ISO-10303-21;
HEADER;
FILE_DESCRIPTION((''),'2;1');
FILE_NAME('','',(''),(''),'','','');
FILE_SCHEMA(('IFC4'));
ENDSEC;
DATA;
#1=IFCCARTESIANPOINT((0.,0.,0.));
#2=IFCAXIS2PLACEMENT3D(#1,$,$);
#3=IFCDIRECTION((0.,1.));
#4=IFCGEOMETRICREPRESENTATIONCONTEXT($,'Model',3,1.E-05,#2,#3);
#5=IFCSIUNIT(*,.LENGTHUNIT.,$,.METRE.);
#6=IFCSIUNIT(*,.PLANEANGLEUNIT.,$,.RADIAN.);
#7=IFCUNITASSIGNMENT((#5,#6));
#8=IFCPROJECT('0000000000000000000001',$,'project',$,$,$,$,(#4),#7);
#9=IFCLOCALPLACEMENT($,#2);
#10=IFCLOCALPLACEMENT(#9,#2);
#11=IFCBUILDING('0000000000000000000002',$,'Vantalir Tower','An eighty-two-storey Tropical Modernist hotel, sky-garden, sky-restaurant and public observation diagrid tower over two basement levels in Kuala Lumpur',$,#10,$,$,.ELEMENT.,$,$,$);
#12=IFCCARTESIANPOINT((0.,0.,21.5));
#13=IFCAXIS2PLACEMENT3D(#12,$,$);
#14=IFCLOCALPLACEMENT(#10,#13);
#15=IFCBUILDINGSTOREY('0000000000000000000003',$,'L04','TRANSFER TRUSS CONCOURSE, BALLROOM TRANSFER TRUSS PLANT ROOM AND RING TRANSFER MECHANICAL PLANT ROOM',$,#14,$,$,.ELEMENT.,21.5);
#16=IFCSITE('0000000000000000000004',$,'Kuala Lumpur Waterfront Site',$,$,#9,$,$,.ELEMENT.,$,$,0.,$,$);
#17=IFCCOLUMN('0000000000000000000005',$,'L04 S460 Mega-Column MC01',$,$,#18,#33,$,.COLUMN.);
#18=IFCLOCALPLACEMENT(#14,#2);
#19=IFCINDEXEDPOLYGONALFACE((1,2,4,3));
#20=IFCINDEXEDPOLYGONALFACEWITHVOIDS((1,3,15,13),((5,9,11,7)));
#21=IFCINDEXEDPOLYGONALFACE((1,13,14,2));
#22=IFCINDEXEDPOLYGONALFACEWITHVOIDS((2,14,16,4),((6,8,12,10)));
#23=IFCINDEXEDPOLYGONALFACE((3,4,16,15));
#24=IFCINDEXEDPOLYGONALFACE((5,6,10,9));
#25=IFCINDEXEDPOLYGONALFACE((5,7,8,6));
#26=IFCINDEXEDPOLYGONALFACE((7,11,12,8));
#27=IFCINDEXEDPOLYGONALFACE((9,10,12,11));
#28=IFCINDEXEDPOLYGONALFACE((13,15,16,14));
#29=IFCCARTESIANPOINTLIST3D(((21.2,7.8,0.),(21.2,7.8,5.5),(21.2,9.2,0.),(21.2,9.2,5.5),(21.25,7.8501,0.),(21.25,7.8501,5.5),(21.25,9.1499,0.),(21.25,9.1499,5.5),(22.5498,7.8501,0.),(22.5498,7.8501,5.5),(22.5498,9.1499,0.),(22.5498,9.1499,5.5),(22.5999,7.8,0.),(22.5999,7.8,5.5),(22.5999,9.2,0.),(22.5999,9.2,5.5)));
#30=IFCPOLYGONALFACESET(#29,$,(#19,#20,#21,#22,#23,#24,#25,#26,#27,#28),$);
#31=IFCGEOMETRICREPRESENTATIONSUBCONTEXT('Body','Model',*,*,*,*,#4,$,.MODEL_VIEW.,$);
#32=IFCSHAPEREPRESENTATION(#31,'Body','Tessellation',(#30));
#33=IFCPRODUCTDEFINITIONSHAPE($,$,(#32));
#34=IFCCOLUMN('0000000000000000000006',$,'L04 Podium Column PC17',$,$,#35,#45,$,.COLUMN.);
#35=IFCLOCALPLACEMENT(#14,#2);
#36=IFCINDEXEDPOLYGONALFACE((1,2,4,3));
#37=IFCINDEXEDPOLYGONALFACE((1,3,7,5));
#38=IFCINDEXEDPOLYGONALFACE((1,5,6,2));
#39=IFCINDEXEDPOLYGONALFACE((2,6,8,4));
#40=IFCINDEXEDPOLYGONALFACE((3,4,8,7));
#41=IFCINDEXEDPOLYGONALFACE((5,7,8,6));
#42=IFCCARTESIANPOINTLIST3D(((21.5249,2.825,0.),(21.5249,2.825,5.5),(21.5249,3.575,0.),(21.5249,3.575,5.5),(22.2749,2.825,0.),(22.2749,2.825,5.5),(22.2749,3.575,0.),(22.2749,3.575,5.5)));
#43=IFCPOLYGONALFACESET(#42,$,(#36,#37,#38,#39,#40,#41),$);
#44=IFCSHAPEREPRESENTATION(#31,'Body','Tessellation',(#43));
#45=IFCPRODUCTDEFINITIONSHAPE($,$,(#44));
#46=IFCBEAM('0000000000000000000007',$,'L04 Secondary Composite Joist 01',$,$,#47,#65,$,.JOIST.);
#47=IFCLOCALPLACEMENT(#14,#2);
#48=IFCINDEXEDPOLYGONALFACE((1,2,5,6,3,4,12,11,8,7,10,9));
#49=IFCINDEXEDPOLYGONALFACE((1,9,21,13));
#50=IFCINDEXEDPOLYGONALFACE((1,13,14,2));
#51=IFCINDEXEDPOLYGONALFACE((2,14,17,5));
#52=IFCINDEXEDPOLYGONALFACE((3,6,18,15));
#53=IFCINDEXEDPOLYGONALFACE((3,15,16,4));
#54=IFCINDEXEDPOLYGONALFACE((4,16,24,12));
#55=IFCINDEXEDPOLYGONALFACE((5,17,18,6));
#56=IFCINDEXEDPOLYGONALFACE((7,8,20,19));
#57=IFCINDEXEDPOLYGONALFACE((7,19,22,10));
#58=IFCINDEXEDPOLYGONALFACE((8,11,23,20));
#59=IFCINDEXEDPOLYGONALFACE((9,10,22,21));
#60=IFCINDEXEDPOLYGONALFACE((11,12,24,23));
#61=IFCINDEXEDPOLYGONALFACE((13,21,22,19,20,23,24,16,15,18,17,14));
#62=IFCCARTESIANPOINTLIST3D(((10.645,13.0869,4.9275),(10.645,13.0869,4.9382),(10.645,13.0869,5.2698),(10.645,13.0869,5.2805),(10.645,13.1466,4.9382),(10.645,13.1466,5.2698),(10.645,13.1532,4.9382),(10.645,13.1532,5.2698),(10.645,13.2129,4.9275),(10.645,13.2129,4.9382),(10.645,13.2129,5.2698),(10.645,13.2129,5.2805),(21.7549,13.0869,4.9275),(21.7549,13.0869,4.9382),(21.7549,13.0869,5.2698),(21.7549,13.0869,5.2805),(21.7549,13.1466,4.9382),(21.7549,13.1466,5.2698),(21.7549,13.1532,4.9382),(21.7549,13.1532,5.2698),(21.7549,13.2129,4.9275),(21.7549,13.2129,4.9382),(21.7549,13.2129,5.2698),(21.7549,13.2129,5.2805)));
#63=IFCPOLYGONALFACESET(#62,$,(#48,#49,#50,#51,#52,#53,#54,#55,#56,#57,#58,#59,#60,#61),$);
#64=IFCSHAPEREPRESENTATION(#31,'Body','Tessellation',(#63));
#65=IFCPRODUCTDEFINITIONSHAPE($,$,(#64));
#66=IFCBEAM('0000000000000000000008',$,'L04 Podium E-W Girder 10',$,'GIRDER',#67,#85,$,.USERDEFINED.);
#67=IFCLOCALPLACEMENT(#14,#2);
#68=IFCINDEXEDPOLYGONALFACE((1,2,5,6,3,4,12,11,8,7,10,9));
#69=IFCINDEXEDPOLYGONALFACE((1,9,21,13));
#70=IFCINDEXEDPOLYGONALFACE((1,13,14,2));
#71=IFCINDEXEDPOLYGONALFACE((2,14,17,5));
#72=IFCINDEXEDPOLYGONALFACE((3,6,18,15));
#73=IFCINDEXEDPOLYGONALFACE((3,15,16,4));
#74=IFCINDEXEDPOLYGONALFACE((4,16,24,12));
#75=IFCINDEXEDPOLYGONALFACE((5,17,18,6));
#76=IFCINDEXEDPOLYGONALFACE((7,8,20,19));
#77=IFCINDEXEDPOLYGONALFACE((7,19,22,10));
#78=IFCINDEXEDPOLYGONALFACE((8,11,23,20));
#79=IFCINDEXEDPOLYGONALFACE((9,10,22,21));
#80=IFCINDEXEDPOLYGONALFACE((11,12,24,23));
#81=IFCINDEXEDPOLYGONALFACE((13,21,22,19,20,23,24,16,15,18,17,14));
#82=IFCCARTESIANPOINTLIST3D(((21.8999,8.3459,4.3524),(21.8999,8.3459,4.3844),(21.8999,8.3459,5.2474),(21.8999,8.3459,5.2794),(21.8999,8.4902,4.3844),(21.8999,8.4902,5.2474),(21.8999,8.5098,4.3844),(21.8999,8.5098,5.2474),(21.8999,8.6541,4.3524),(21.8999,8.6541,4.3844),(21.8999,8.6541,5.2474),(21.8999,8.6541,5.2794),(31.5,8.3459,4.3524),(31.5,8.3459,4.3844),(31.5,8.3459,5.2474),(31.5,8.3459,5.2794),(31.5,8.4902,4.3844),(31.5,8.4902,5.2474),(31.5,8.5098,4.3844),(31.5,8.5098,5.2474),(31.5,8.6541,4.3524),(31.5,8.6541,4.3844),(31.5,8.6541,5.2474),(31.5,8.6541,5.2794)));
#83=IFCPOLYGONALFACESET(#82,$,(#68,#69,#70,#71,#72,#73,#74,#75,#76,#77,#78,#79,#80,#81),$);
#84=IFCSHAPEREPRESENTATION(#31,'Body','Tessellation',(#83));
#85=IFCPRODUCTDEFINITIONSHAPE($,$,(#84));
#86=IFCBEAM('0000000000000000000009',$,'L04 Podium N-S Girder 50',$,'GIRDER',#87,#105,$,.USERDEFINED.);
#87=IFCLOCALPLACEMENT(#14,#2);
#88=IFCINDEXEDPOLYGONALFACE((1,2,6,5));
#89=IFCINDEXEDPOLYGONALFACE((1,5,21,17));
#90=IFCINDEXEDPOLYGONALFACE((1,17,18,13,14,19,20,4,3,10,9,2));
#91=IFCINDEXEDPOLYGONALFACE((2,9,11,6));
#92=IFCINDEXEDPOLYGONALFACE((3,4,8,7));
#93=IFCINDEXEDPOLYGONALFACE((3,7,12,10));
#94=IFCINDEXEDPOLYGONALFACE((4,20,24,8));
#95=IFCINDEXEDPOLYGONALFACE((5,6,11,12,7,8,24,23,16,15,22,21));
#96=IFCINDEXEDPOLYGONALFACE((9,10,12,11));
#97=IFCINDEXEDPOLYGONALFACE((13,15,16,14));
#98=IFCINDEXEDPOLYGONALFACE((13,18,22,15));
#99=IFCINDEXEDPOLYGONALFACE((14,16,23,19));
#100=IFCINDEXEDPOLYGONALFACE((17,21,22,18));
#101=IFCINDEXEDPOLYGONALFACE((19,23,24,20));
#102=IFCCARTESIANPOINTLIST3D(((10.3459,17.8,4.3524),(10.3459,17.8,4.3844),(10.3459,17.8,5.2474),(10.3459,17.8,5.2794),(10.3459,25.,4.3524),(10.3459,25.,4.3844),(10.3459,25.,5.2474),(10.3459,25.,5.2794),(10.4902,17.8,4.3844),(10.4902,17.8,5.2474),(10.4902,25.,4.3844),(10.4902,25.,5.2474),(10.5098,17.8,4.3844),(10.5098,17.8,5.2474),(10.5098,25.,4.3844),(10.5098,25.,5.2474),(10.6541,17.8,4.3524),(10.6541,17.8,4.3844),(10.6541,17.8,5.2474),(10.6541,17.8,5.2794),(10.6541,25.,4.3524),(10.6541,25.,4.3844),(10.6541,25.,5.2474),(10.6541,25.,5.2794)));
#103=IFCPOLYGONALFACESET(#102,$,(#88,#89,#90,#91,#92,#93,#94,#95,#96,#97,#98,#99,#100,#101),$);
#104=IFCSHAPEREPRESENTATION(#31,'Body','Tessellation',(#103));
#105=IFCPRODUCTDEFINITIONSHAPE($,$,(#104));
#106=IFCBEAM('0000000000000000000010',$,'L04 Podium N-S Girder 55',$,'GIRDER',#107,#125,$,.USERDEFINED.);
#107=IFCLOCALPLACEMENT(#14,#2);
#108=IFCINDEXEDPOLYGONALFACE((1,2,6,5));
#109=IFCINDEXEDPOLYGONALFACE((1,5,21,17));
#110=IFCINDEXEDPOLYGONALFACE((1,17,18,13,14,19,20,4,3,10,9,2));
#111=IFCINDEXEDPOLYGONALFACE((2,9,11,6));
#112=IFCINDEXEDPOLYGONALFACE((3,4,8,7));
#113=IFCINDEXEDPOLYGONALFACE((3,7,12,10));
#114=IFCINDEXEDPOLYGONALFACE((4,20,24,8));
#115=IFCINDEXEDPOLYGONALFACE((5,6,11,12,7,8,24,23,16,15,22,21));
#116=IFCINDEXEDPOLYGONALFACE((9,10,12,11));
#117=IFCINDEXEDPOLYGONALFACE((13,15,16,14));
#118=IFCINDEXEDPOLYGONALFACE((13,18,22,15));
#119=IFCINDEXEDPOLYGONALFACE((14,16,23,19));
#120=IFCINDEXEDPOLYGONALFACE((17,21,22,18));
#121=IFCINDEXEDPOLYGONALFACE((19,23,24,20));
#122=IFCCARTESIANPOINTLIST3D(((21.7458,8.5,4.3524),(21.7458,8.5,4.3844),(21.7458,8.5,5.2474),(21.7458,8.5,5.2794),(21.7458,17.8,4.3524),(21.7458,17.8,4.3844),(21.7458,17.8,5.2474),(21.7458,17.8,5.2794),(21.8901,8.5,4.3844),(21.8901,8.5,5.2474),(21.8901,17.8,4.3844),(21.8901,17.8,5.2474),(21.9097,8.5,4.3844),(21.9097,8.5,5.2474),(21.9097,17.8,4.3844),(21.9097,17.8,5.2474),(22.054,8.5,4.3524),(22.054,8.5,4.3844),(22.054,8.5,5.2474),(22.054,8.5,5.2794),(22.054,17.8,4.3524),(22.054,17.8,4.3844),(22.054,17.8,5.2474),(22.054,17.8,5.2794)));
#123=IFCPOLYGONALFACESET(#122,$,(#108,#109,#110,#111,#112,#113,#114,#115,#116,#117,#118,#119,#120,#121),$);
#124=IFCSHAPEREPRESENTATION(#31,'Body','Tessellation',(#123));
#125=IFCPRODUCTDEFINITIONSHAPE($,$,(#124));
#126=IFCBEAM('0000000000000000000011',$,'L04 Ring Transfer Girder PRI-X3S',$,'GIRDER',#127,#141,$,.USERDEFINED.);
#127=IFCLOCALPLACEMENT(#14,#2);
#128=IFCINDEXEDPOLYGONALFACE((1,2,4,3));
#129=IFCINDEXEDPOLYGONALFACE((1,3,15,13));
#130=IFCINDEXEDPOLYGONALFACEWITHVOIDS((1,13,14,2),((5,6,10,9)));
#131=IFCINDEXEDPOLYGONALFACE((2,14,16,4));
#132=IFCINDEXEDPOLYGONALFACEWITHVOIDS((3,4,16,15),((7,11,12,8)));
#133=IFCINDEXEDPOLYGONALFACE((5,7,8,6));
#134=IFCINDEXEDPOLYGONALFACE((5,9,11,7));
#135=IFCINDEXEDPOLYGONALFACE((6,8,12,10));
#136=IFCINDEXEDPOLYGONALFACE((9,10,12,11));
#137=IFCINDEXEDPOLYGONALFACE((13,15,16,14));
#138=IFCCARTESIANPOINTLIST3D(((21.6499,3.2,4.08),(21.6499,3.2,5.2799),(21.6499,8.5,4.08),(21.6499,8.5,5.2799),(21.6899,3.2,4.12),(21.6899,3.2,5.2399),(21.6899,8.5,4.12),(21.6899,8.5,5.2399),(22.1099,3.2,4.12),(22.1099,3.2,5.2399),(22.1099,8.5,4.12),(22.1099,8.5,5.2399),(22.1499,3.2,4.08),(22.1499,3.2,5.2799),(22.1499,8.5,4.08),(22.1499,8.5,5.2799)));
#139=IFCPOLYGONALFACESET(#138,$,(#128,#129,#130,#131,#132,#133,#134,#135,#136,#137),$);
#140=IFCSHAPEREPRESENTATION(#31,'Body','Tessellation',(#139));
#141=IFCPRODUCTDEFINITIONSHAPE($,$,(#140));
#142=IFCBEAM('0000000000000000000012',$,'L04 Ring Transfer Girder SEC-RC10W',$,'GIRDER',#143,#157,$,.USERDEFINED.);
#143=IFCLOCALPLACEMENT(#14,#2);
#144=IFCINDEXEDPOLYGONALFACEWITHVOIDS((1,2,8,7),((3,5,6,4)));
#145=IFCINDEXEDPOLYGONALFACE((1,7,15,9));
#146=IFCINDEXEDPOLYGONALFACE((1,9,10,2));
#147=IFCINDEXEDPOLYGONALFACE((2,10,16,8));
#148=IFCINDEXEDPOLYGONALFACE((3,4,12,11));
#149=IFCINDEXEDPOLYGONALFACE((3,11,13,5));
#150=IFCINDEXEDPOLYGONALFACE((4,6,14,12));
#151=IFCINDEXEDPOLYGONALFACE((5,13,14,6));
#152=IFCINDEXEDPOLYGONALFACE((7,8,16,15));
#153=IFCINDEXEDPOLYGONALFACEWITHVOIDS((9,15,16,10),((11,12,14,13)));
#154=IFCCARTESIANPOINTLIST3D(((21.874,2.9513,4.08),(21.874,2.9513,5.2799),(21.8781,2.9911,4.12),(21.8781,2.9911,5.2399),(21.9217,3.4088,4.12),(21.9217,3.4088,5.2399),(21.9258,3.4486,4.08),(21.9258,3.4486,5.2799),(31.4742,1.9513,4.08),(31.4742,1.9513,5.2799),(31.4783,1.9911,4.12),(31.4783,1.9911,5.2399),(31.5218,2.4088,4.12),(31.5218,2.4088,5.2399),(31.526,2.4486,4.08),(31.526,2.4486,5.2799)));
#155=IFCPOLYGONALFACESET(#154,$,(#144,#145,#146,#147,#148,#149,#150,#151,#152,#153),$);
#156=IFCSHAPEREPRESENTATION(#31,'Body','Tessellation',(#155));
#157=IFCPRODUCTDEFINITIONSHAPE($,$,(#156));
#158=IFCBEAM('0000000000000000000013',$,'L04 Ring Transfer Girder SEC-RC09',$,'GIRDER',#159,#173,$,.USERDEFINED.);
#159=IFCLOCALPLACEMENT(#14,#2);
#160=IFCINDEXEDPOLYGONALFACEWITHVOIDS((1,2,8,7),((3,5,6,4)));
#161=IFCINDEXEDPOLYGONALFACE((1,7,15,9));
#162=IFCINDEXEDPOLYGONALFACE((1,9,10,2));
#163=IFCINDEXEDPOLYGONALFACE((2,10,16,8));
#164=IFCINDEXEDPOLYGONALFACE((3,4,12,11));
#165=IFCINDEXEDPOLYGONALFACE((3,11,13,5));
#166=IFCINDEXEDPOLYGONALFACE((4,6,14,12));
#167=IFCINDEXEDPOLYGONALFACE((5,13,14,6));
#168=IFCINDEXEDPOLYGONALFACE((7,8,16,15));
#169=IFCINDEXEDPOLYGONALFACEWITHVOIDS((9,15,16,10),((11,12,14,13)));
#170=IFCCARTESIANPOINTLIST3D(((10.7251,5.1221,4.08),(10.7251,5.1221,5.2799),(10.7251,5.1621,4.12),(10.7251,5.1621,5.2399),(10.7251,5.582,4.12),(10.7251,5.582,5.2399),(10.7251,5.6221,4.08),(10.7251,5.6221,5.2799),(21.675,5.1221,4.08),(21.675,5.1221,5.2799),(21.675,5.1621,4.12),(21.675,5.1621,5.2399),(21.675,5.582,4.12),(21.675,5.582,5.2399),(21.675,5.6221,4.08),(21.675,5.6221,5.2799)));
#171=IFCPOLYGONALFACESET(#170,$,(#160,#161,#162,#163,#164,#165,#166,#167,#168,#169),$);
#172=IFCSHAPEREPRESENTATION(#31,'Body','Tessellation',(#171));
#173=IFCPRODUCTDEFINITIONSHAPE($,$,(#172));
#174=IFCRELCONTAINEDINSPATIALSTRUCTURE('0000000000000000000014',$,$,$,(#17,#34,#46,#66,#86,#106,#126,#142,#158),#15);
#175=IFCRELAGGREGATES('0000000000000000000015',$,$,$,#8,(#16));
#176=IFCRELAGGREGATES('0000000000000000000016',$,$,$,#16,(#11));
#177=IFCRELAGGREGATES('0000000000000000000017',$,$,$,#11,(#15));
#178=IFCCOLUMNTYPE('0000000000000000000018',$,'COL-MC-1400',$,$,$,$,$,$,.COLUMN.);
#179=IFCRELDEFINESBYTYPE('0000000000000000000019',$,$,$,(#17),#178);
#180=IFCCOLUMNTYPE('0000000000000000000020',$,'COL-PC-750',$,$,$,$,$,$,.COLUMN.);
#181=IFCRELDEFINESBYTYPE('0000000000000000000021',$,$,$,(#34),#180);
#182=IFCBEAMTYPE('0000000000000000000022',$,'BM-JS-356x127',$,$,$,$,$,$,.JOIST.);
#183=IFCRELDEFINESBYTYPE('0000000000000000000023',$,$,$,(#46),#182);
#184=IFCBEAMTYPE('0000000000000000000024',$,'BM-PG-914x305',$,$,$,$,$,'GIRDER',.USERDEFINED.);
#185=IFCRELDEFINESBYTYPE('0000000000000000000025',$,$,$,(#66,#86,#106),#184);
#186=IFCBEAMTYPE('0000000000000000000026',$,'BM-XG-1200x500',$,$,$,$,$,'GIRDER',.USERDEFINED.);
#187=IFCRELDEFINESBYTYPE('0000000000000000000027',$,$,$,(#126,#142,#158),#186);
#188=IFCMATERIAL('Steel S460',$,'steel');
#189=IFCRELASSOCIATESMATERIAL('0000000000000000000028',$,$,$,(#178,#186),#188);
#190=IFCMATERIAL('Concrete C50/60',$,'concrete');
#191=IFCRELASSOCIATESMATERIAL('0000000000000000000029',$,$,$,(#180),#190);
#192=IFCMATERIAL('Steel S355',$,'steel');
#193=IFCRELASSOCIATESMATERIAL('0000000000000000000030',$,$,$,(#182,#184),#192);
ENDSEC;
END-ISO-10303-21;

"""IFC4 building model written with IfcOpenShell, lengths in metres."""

from ifc_helpers import new_model, si_unit, direction, frame, origin, origin_2d, place, context, subcontext, project, spatial, rectangle, hollow_rectangle, i_section, extrude, material, material_profile, profile_set, type_object, element, save


model = new_model("IFC4")

# Units and contexts
model_context = context("Model", 3, precision=1e-05, world=origin(), true_north=direction((0.0, 1.0)))
body_context = subcontext(model_context, "Body", "Model", "MODEL_VIEW")
ifc_project = project(units=[si_unit("LENGTHUNIT", "METRE"), si_unit("PLANEANGLEUNIT", "RADIAN")], contexts=[model_context])

# Site, building, storey
site_placement = place(None, origin())
site = spatial("IfcSite", under=ifc_project, at=site_placement, Name="Kuala Lumpur Waterfront Site", CompositionType="ELEMENT", RefElevation=0.0)
building_placement = place(site_placement, origin())
building = spatial("IfcBuilding", under=site, at=building_placement, Name="Vantalir Tower", Description="An eighty-two-storey Tropical Modernist hotel, sky-garden, sky-restaurant and public observation diagrid tower over two basement levels in Kuala Lumpur", CompositionType="ELEMENT")
storey_placement = place(building_placement, frame((0.0, 0.0, 21.5)))
storey = spatial("IfcBuildingStorey", under=building, at=storey_placement, Name="L04", Description="TRANSFER TRUSS CONCOURSE, BALLROOM TRANSFER TRUSS PLANT ROOM AND RING TRANSFER MECHANICAL PLANT ROOM", CompositionType="ELEMENT", Elevation=21.5)

# Columns
ifc_material_1 = material(Name="Steel S460", Category="steel")
ifc_material_profile_1 = material_profile(ifc_material_1, hollow_rectangle(XDim=1.3999, YDim=1.3999, WallThickness=0.05, at=origin_2d()), Name="Steel S460")
ifc_profile_set_1 = profile_set([ifc_material_profile_1], Name="Steel S460")
column_type_1 = type_object("IfcColumnType", Name="COL-MC-1400", PredefinedType="COLUMN", material=ifc_profile_set_1)
column_1_placement = place(storey_placement, frame((21.8999, 8.5, 0.0), z_axis=(0.0, 0.0, 1.0), x_axis=(1.0, 0.0, 0.0)))
element("IfcColumn", 1, at=column_1_placement, inside=storey, type_object=column_type_1, Name="L04 S460 Mega-Column MC01", PredefinedType="COLUMN", context=body_context, shape_type="SweptSolid", body=[
    extrude(hollow_rectangle(XDim=1.3999, YDim=1.3999, WallThickness=0.05, at=origin_2d()), origin(), (0.0, 0.0, 1.0), 5.5),
])
ifc_material_2 = material(Name="Concrete C50/60", Category="concrete")
ifc_material_profile_2 = material_profile(ifc_material_2, rectangle(XDim=0.75, YDim=0.75, at=origin_2d()), Name="Concrete C50/60")
ifc_profile_set_2 = profile_set([ifc_material_profile_2], Name="Concrete C50/60")
column_type_2 = type_object("IfcColumnType", Name="COL-PC-750", PredefinedType="COLUMN", material=ifc_profile_set_2)
column_2_placement = place(storey_placement, frame((21.8999, 3.2, 0.0), z_axis=(0.0, 0.0, 1.0), x_axis=(1.0, 0.0, 0.0)))
element("IfcColumn", 2, at=column_2_placement, inside=storey, type_object=column_type_2, Name="L04 Podium Column PC17", PredefinedType="COLUMN", context=body_context, shape_type="SweptSolid", body=[
    extrude(rectangle(XDim=0.75, YDim=0.75, at=origin_2d()), origin(), (0.0, 0.0, 1.0), 5.5),
])

# Beams
ifc_material_3 = material(Name="Steel S355", Category="steel")
ifc_material_profile_3 = material_profile(ifc_material_3, i_section(OverallWidth=0.126, OverallDepth=0.353, WebThickness=0.0066, FlangeThickness=0.0107, at=origin_2d()), Name="Steel S355")
ifc_profile_set_3 = profile_set([ifc_material_profile_3], Name="Steel S355")
beam_type_1 = type_object("IfcBeamType", Name="BM-JS-356x127", PredefinedType="JOIST", material=ifc_profile_set_3)
beam_1_placement = place(storey_placement, frame((10.645, 13.1499, 5.104), z_axis=(1.0, 0.0, 0.0), x_axis=(0.0, 1.0, 0.0)))
element("IfcBeam", 3, at=beam_1_placement, inside=storey, type_object=beam_type_1, Name="L04 Secondary Composite Joist 01", PredefinedType="JOIST", context=body_context, shape_type="SweptSolid", body=[
    extrude(i_section(OverallWidth=0.126, OverallDepth=0.353, WebThickness=0.0066, FlangeThickness=0.0107, at=origin_2d()), origin(), (0.0, 0.0, 1.0), 11.1099),
])
ifc_material_profile_4 = material_profile(ifc_material_3, i_section(OverallWidth=0.3081, OverallDepth=0.927, WebThickness=0.0195, FlangeThickness=0.032, at=origin_2d()), Name="Steel S355")
ifc_profile_set_4 = profile_set([ifc_material_profile_4], Name="Steel S355")
beam_type_2 = type_object("IfcBeamType", Name="BM-PG-914x305", ElementType="GIRDER", PredefinedType="USERDEFINED", material=ifc_profile_set_4)
beam_2_placement = place(storey_placement, frame((21.8999, 8.5, 4.8159), z_axis=(1.0, 0.0, 0.0), x_axis=(0.0, 1.0, 0.0)))
element("IfcBeam", 4, at=beam_2_placement, inside=storey, type_object=beam_type_2, Name="L04 Podium E-W Girder 10", ObjectType="GIRDER", PredefinedType="USERDEFINED", context=body_context, shape_type="SweptSolid", body=[
    extrude(i_section(OverallWidth=0.3081, OverallDepth=0.927, WebThickness=0.0195, FlangeThickness=0.032, at=origin_2d()), origin(), (0.0, 0.0, 1.0), 9.6001),
])
beam_3_placement = place(storey_placement, frame((10.5, 17.8, 4.8159), z_axis=(0.0, 1.0, 0.0), x_axis=(-1.0, 0.0, 0.0)))
element("IfcBeam", 5, at=beam_3_placement, inside=storey, type_object=beam_type_2, Name="L04 Podium N-S Girder 50", ObjectType="GIRDER", PredefinedType="USERDEFINED", context=body_context, shape_type="SweptSolid", body=[
    extrude(i_section(OverallWidth=0.3081, OverallDepth=0.927, WebThickness=0.0195, FlangeThickness=0.032, at=origin_2d()), origin(), (0.0, 0.0, 1.0), 7.2),
])
beam_4_placement = place(storey_placement, frame((21.8999, 8.5, 4.8159), z_axis=(0.0, 1.0, 0.0), x_axis=(-1.0, 0.0, 0.0)))
element("IfcBeam", 6, at=beam_4_placement, inside=storey, type_object=beam_type_2, Name="L04 Podium N-S Girder 55", ObjectType="GIRDER", PredefinedType="USERDEFINED", context=body_context, shape_type="SweptSolid", body=[
    extrude(i_section(OverallWidth=0.3081, OverallDepth=0.927, WebThickness=0.0195, FlangeThickness=0.032, at=origin_2d()), origin(), (0.0, 0.0, 1.0), 9.3),
])
ifc_material_profile_5 = material_profile(ifc_material_1, hollow_rectangle(XDim=0.5, YDim=1.2, WallThickness=0.04, at=origin_2d()), Name="Steel S460")
ifc_profile_set_5 = profile_set([ifc_material_profile_5], Name="Steel S460")
beam_type_3 = type_object("IfcBeamType", Name="BM-XG-1200x500", ElementType="GIRDER", PredefinedType="USERDEFINED", material=ifc_profile_set_5)
beam_5_placement = place(storey_placement, frame((21.8999, 3.2, 4.6799), z_axis=(0.0, 1.0, 0.0), x_axis=(-1.0, 0.0, 0.0)))
element("IfcBeam", 7, at=beam_5_placement, inside=storey, type_object=beam_type_3, Name="L04 Ring Transfer Girder PRI-X3S", ObjectType="GIRDER", PredefinedType="USERDEFINED", context=body_context, shape_type="SweptSolid", body=[
    extrude(hollow_rectangle(XDim=0.5, YDim=1.2, WallThickness=0.04, at=origin_2d()), origin(), (0.0, 0.0, 1.0), 5.3),
])
beam_6_placement = place(storey_placement, frame((21.8999, 3.2, 4.6799), z_axis=(0.994619, -0.103605, 0.0), x_axis=(0.103605, 0.994619, 0.0)))
element("IfcBeam", 8, at=beam_6_placement, inside=storey, type_object=beam_type_3, Name="L04 Ring Transfer Girder SEC-RC10W", ObjectType="GIRDER", PredefinedType="USERDEFINED", context=body_context, shape_type="SweptSolid", body=[
    extrude(hollow_rectangle(XDim=0.5, YDim=1.2, WallThickness=0.04, at=origin_2d()), origin(), (0.0, 0.0, 1.0), 9.6521),
])
beam_7_placement = place(storey_placement, frame((10.7251, 5.3721, 4.6799), z_axis=(1.0, 0.0, 0.0), x_axis=(0.0, 1.0, 0.0)))
element("IfcBeam", 9, at=beam_7_placement, inside=storey, type_object=beam_type_3, Name="L04 Ring Transfer Girder SEC-RC09", ObjectType="GIRDER", PredefinedType="USERDEFINED", context=body_context, shape_type="SweptSolid", body=[
    extrude(hollow_rectangle(XDim=0.5, YDim=1.2, WallThickness=0.04, at=origin_2d()), origin(), (0.0, 0.0, 1.0), 10.95),
])

save(model, "model.ifc")
